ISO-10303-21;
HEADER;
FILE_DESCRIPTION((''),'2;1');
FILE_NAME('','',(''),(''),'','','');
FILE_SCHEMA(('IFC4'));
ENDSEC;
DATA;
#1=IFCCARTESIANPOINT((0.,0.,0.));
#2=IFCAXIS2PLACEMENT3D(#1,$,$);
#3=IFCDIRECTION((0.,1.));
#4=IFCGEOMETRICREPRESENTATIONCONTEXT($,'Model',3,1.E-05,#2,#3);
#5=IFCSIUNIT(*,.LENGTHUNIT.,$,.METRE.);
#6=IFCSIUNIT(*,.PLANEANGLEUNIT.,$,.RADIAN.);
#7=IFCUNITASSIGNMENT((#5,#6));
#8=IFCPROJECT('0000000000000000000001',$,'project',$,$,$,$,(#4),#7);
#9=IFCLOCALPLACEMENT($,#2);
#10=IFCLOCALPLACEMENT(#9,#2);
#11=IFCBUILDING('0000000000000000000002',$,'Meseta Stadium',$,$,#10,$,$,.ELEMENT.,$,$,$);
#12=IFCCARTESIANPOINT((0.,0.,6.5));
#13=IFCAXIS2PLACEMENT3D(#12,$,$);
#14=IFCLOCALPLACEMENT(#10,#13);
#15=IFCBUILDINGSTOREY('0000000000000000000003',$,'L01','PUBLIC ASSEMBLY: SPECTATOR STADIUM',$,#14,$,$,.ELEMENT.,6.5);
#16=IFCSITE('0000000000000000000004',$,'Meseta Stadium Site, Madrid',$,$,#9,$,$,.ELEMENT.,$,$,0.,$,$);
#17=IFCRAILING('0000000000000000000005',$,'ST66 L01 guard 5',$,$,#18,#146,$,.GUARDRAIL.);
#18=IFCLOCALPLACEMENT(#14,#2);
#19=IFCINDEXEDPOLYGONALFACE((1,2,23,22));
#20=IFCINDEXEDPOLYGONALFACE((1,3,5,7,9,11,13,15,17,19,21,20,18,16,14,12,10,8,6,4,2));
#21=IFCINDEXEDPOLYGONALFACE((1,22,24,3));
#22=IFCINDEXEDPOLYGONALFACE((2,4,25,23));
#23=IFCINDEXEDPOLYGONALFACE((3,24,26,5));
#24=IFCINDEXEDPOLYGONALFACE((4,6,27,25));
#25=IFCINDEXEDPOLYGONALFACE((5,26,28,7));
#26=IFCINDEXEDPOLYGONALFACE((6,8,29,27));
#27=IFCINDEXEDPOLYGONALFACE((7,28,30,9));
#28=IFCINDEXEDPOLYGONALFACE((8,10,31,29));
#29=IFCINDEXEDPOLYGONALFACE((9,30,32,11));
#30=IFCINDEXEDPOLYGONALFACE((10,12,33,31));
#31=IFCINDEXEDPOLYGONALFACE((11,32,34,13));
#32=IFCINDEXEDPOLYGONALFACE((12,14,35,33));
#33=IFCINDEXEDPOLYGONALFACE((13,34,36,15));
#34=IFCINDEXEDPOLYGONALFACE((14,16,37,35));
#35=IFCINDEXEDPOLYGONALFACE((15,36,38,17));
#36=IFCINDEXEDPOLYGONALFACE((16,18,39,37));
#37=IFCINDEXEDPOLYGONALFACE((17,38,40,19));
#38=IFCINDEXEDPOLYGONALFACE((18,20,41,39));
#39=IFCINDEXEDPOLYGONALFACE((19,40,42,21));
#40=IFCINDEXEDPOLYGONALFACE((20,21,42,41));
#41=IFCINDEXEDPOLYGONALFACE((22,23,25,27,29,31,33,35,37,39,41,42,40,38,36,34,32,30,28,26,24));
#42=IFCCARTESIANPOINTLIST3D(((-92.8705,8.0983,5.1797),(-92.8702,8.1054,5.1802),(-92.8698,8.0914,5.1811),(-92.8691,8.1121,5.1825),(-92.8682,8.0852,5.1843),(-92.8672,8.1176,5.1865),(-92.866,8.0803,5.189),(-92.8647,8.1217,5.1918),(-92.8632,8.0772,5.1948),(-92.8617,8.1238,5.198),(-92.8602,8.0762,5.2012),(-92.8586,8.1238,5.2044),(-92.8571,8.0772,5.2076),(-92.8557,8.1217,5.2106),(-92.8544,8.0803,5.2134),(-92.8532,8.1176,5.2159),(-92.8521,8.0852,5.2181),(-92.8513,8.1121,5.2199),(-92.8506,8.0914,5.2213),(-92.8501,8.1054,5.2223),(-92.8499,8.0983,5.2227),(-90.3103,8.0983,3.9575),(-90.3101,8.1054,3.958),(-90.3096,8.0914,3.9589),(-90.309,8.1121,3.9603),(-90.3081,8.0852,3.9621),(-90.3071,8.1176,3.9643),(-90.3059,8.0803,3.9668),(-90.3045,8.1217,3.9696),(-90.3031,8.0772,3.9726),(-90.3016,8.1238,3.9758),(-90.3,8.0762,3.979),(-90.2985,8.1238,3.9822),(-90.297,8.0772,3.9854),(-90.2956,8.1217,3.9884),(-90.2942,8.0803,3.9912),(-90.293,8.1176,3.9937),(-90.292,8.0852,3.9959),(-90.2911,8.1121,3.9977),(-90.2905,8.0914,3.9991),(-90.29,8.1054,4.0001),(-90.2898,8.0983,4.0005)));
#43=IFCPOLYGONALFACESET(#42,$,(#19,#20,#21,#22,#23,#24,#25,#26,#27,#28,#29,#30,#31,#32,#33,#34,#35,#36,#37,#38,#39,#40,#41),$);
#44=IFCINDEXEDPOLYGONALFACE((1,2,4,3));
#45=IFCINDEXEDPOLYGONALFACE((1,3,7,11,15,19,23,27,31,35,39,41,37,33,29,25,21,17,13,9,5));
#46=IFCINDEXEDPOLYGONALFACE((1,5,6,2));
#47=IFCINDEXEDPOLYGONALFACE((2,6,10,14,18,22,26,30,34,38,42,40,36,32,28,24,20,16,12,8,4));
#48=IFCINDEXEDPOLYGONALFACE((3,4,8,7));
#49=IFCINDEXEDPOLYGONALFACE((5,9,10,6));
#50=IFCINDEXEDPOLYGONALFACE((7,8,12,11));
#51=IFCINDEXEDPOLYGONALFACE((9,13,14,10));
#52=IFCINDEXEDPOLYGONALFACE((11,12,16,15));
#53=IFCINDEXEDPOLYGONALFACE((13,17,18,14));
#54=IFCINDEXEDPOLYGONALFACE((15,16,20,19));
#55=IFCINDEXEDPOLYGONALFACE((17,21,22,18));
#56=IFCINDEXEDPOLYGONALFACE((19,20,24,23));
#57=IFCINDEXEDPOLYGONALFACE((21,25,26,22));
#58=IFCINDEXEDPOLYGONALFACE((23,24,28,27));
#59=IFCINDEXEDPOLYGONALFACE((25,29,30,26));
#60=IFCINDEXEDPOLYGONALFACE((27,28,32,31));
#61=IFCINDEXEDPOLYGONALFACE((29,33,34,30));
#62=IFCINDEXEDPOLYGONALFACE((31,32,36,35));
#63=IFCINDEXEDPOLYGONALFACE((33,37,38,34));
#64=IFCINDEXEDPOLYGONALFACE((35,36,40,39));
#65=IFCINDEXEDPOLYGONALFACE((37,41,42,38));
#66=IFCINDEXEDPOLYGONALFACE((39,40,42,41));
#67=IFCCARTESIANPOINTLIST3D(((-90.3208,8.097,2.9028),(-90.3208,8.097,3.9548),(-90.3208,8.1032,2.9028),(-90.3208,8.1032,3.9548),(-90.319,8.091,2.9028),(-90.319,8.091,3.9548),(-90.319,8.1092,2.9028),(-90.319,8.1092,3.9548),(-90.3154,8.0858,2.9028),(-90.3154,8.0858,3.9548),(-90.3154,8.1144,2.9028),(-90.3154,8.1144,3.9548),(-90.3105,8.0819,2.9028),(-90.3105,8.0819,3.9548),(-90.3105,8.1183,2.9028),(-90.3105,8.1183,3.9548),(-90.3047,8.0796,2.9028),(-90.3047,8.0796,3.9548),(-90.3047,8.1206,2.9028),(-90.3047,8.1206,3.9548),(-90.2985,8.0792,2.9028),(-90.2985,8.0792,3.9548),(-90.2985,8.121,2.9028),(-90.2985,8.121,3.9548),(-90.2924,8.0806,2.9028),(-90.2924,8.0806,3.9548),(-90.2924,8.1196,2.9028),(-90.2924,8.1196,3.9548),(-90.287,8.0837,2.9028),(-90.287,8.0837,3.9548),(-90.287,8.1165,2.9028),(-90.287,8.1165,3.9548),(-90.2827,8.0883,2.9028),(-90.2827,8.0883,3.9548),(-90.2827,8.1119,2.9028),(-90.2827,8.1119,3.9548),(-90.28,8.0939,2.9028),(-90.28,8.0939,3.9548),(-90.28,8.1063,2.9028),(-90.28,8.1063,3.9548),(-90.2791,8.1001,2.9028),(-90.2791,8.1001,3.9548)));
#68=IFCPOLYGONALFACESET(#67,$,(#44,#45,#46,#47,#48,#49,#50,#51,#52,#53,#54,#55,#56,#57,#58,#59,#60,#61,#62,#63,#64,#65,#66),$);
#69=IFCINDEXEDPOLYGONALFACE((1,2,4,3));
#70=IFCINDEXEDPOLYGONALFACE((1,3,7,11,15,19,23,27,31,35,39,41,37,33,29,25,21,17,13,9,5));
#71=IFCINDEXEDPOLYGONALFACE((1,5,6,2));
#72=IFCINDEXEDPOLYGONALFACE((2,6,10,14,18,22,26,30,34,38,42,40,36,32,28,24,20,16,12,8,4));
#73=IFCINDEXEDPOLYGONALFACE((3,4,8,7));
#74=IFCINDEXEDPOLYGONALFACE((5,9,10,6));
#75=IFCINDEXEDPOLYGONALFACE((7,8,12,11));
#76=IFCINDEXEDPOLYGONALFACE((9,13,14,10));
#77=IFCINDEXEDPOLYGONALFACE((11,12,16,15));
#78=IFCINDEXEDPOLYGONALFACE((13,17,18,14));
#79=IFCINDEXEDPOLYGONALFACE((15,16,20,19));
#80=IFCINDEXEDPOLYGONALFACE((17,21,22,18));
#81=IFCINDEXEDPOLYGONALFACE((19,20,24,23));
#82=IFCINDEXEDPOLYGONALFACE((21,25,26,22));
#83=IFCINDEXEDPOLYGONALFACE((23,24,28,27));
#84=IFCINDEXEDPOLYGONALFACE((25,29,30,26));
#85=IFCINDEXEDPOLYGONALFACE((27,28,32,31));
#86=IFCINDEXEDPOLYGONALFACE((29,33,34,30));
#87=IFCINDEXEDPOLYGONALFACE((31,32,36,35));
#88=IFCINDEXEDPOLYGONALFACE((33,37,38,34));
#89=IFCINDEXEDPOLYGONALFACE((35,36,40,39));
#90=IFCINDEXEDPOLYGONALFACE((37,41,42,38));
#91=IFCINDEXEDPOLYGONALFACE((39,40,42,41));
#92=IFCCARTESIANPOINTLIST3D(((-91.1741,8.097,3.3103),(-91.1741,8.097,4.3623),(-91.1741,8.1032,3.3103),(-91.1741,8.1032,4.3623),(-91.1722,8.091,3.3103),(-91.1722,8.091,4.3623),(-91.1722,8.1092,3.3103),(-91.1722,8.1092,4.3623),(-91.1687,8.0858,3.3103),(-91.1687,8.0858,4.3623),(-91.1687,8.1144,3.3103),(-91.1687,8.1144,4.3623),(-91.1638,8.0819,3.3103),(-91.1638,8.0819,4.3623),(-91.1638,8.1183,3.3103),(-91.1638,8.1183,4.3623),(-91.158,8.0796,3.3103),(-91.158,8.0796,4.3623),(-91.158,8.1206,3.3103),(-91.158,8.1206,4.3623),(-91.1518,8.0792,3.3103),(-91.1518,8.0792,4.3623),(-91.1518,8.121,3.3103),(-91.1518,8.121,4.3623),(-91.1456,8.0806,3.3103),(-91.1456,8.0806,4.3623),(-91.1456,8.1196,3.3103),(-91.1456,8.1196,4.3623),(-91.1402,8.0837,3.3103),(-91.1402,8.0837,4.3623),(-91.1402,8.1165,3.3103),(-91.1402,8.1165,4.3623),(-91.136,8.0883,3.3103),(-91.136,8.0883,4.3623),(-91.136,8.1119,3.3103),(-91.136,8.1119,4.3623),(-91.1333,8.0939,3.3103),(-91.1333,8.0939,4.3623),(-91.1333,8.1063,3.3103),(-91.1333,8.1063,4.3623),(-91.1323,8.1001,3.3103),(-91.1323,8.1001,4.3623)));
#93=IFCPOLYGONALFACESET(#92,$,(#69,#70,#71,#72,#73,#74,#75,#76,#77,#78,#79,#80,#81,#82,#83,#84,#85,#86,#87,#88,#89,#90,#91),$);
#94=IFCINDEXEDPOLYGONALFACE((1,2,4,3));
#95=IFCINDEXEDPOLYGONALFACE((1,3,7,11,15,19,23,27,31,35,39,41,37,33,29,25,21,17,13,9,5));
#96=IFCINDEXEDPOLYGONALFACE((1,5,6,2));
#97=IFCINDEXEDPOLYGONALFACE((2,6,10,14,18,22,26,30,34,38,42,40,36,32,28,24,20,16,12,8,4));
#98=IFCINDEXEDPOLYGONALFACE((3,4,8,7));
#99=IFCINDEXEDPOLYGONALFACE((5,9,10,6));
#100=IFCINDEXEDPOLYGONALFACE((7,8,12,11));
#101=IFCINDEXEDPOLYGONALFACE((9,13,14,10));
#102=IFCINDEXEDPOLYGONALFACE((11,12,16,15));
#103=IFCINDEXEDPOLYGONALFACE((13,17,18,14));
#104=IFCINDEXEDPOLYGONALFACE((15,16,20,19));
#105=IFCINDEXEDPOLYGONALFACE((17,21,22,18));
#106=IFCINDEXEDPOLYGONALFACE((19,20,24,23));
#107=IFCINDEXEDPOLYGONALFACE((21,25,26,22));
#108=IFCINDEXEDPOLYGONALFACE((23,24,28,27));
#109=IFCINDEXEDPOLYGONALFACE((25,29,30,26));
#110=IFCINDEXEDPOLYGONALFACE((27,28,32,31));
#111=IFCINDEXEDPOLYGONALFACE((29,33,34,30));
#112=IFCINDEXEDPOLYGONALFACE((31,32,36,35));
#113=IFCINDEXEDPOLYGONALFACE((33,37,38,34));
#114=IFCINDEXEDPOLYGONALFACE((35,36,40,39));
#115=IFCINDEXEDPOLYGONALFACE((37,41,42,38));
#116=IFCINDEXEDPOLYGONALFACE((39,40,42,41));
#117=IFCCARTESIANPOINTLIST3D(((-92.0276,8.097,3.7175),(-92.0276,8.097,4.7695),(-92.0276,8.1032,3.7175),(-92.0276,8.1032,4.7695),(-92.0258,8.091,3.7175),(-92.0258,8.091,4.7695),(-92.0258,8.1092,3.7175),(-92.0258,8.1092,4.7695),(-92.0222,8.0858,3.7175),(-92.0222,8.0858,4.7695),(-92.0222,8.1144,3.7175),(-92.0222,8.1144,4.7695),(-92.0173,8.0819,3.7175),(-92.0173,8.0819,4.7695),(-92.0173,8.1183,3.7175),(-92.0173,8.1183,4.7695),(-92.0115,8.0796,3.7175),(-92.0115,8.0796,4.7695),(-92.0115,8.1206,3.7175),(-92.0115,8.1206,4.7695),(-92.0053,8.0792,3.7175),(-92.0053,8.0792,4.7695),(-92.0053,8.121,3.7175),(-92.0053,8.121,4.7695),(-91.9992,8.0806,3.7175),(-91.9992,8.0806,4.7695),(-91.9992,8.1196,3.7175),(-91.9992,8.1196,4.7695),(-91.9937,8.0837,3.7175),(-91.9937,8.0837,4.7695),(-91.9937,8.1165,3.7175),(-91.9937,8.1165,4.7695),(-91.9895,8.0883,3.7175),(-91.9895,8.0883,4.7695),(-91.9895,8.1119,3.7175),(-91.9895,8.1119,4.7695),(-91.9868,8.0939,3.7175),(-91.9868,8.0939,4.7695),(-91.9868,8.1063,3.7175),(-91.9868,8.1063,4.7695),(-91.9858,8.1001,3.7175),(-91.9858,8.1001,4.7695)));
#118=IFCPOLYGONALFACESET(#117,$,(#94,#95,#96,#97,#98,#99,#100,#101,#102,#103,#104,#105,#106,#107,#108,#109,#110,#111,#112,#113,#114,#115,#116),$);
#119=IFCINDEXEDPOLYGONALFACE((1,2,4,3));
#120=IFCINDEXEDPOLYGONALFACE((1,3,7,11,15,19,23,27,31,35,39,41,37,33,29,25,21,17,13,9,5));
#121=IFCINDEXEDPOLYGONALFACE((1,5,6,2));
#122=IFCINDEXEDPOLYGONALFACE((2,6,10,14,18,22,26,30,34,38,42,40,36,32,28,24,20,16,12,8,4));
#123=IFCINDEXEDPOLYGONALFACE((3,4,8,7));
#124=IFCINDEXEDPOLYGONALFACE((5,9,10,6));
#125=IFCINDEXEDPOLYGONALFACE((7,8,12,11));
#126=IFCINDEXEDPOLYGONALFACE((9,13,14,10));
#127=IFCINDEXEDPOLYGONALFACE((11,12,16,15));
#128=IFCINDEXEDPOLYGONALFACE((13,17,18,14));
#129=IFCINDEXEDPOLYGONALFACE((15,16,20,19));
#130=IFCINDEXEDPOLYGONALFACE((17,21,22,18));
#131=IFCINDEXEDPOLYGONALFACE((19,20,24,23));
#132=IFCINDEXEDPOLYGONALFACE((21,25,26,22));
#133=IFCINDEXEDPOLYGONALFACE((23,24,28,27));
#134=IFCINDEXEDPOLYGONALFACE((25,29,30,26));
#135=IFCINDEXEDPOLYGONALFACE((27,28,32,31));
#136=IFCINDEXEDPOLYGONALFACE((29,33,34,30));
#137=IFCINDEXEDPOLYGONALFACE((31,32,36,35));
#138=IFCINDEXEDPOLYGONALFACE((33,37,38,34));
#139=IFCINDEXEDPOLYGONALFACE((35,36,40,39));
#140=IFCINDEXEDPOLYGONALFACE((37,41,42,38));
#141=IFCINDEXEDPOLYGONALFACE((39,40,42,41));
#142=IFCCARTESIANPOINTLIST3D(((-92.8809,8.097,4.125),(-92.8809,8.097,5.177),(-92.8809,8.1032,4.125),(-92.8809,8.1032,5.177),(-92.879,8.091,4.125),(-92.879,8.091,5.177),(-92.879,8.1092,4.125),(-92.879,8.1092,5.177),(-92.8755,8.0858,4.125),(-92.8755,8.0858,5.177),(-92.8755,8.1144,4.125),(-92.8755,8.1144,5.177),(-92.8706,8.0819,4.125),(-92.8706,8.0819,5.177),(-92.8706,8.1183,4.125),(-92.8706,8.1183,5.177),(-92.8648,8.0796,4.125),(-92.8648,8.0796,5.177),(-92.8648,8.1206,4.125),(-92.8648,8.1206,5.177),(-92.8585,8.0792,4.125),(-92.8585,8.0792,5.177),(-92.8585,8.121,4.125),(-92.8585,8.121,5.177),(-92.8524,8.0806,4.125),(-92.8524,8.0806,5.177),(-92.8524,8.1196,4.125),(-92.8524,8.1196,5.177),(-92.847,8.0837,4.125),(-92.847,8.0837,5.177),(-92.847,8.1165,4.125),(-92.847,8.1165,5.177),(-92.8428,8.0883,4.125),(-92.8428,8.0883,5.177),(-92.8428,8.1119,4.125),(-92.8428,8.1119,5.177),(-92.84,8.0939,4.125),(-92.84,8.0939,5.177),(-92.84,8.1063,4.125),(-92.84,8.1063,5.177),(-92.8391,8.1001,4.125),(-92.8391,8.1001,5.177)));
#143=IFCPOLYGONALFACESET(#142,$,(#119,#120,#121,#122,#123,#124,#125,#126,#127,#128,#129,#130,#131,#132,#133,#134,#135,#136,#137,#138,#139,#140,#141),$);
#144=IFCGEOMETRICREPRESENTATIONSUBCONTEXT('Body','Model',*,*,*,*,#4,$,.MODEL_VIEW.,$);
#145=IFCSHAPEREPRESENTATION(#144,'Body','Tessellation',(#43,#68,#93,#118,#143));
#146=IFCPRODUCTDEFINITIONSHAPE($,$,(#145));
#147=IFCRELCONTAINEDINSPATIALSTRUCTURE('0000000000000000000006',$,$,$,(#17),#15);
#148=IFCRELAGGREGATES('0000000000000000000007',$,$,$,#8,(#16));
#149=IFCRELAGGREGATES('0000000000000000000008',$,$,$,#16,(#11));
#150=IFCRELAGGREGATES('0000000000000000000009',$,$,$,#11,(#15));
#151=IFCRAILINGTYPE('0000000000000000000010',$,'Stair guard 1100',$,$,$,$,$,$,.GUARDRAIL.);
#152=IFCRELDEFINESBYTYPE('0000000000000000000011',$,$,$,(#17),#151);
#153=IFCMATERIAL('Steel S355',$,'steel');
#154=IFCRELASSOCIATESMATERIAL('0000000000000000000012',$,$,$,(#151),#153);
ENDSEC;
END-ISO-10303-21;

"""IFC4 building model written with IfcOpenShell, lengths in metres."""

from ifc_helpers import new_model, si_unit, direction, frame, origin, origin_2d, place, context, subcontext, project, spatial, circle, extrude, material, type_object, element, save


model = new_model("IFC4")

# Units and contexts
model_context = context("Model", 3, precision=1e-05, world=origin(), true_north=direction((0.0, 1.0)))
body_context = subcontext(model_context, "Body", "Model", "MODEL_VIEW")
ifc_project = project(units=[si_unit("LENGTHUNIT", "METRE"), si_unit("PLANEANGLEUNIT", "RADIAN")], contexts=[model_context])

# Site, building, storey
site_placement = place(None, origin())
site = spatial("IfcSite", under=ifc_project, at=site_placement, Name="Meseta Stadium Site, Madrid", CompositionType="ELEMENT", RefElevation=0.0)
building_placement = place(site_placement, origin())
building = spatial("IfcBuilding", under=site, at=building_placement, Name="Meseta Stadium", CompositionType="ELEMENT")
storey_placement = place(building_placement, frame((0.0, 0.0, 6.5)))
storey = spatial("IfcBuildingStorey", under=building, at=storey_placement, Name="L01", Description="PUBLIC ASSEMBLY: SPECTATOR STADIUM", CompositionType="ELEMENT", Elevation=6.5)

# Railing
ifc_material_1 = material(Name="Steel S355", Category="steel")
railing_type_1 = type_object("IfcRailingType", Name="Stair guard 1100", PredefinedType="GUARDRAIL", material=ifc_material_1)
railing_1_placement = place(storey_placement, frame((-90.3, 8.1001, 2.9028)))
element("IfcRailing", 1, at=railing_1_placement, inside=storey, type_object=railing_type_1, Name="ST66 L01 guard 5", PredefinedType="GUARDRAIL", context=body_context, shape_type="SweptSolid", body=[
    extrude(circle(Radius=0.0239, at=origin_2d()), frame((0.0, 0.0, 1.0762), z_axis=(-0.902437, 0.0, 0.430822), x_axis=(0.0, -1.0, 0.0)), (0.0, 0.0, 1.0), 2.8369),
    extrude(circle(Radius=0.021, at=origin_2d()), origin(), (0.0, 0.0, 1.0), 1.052),
    extrude(circle(Radius=0.021, at=origin_2d()), frame((-0.8533, 0.0, 0.4075)), (0.0, 0.0, 1.0), 1.052),
    extrude(circle(Radius=0.021, at=origin_2d()), frame((-1.7068, 0.0, 0.8147)), (0.0, 0.0, 1.0), 1.052),
    extrude(circle(Radius=0.021, at=origin_2d()), frame((-2.5601, 0.0, 1.2222)), (0.0, 0.0, 1.0), 1.052),
])

save(model, "model.ifc")
